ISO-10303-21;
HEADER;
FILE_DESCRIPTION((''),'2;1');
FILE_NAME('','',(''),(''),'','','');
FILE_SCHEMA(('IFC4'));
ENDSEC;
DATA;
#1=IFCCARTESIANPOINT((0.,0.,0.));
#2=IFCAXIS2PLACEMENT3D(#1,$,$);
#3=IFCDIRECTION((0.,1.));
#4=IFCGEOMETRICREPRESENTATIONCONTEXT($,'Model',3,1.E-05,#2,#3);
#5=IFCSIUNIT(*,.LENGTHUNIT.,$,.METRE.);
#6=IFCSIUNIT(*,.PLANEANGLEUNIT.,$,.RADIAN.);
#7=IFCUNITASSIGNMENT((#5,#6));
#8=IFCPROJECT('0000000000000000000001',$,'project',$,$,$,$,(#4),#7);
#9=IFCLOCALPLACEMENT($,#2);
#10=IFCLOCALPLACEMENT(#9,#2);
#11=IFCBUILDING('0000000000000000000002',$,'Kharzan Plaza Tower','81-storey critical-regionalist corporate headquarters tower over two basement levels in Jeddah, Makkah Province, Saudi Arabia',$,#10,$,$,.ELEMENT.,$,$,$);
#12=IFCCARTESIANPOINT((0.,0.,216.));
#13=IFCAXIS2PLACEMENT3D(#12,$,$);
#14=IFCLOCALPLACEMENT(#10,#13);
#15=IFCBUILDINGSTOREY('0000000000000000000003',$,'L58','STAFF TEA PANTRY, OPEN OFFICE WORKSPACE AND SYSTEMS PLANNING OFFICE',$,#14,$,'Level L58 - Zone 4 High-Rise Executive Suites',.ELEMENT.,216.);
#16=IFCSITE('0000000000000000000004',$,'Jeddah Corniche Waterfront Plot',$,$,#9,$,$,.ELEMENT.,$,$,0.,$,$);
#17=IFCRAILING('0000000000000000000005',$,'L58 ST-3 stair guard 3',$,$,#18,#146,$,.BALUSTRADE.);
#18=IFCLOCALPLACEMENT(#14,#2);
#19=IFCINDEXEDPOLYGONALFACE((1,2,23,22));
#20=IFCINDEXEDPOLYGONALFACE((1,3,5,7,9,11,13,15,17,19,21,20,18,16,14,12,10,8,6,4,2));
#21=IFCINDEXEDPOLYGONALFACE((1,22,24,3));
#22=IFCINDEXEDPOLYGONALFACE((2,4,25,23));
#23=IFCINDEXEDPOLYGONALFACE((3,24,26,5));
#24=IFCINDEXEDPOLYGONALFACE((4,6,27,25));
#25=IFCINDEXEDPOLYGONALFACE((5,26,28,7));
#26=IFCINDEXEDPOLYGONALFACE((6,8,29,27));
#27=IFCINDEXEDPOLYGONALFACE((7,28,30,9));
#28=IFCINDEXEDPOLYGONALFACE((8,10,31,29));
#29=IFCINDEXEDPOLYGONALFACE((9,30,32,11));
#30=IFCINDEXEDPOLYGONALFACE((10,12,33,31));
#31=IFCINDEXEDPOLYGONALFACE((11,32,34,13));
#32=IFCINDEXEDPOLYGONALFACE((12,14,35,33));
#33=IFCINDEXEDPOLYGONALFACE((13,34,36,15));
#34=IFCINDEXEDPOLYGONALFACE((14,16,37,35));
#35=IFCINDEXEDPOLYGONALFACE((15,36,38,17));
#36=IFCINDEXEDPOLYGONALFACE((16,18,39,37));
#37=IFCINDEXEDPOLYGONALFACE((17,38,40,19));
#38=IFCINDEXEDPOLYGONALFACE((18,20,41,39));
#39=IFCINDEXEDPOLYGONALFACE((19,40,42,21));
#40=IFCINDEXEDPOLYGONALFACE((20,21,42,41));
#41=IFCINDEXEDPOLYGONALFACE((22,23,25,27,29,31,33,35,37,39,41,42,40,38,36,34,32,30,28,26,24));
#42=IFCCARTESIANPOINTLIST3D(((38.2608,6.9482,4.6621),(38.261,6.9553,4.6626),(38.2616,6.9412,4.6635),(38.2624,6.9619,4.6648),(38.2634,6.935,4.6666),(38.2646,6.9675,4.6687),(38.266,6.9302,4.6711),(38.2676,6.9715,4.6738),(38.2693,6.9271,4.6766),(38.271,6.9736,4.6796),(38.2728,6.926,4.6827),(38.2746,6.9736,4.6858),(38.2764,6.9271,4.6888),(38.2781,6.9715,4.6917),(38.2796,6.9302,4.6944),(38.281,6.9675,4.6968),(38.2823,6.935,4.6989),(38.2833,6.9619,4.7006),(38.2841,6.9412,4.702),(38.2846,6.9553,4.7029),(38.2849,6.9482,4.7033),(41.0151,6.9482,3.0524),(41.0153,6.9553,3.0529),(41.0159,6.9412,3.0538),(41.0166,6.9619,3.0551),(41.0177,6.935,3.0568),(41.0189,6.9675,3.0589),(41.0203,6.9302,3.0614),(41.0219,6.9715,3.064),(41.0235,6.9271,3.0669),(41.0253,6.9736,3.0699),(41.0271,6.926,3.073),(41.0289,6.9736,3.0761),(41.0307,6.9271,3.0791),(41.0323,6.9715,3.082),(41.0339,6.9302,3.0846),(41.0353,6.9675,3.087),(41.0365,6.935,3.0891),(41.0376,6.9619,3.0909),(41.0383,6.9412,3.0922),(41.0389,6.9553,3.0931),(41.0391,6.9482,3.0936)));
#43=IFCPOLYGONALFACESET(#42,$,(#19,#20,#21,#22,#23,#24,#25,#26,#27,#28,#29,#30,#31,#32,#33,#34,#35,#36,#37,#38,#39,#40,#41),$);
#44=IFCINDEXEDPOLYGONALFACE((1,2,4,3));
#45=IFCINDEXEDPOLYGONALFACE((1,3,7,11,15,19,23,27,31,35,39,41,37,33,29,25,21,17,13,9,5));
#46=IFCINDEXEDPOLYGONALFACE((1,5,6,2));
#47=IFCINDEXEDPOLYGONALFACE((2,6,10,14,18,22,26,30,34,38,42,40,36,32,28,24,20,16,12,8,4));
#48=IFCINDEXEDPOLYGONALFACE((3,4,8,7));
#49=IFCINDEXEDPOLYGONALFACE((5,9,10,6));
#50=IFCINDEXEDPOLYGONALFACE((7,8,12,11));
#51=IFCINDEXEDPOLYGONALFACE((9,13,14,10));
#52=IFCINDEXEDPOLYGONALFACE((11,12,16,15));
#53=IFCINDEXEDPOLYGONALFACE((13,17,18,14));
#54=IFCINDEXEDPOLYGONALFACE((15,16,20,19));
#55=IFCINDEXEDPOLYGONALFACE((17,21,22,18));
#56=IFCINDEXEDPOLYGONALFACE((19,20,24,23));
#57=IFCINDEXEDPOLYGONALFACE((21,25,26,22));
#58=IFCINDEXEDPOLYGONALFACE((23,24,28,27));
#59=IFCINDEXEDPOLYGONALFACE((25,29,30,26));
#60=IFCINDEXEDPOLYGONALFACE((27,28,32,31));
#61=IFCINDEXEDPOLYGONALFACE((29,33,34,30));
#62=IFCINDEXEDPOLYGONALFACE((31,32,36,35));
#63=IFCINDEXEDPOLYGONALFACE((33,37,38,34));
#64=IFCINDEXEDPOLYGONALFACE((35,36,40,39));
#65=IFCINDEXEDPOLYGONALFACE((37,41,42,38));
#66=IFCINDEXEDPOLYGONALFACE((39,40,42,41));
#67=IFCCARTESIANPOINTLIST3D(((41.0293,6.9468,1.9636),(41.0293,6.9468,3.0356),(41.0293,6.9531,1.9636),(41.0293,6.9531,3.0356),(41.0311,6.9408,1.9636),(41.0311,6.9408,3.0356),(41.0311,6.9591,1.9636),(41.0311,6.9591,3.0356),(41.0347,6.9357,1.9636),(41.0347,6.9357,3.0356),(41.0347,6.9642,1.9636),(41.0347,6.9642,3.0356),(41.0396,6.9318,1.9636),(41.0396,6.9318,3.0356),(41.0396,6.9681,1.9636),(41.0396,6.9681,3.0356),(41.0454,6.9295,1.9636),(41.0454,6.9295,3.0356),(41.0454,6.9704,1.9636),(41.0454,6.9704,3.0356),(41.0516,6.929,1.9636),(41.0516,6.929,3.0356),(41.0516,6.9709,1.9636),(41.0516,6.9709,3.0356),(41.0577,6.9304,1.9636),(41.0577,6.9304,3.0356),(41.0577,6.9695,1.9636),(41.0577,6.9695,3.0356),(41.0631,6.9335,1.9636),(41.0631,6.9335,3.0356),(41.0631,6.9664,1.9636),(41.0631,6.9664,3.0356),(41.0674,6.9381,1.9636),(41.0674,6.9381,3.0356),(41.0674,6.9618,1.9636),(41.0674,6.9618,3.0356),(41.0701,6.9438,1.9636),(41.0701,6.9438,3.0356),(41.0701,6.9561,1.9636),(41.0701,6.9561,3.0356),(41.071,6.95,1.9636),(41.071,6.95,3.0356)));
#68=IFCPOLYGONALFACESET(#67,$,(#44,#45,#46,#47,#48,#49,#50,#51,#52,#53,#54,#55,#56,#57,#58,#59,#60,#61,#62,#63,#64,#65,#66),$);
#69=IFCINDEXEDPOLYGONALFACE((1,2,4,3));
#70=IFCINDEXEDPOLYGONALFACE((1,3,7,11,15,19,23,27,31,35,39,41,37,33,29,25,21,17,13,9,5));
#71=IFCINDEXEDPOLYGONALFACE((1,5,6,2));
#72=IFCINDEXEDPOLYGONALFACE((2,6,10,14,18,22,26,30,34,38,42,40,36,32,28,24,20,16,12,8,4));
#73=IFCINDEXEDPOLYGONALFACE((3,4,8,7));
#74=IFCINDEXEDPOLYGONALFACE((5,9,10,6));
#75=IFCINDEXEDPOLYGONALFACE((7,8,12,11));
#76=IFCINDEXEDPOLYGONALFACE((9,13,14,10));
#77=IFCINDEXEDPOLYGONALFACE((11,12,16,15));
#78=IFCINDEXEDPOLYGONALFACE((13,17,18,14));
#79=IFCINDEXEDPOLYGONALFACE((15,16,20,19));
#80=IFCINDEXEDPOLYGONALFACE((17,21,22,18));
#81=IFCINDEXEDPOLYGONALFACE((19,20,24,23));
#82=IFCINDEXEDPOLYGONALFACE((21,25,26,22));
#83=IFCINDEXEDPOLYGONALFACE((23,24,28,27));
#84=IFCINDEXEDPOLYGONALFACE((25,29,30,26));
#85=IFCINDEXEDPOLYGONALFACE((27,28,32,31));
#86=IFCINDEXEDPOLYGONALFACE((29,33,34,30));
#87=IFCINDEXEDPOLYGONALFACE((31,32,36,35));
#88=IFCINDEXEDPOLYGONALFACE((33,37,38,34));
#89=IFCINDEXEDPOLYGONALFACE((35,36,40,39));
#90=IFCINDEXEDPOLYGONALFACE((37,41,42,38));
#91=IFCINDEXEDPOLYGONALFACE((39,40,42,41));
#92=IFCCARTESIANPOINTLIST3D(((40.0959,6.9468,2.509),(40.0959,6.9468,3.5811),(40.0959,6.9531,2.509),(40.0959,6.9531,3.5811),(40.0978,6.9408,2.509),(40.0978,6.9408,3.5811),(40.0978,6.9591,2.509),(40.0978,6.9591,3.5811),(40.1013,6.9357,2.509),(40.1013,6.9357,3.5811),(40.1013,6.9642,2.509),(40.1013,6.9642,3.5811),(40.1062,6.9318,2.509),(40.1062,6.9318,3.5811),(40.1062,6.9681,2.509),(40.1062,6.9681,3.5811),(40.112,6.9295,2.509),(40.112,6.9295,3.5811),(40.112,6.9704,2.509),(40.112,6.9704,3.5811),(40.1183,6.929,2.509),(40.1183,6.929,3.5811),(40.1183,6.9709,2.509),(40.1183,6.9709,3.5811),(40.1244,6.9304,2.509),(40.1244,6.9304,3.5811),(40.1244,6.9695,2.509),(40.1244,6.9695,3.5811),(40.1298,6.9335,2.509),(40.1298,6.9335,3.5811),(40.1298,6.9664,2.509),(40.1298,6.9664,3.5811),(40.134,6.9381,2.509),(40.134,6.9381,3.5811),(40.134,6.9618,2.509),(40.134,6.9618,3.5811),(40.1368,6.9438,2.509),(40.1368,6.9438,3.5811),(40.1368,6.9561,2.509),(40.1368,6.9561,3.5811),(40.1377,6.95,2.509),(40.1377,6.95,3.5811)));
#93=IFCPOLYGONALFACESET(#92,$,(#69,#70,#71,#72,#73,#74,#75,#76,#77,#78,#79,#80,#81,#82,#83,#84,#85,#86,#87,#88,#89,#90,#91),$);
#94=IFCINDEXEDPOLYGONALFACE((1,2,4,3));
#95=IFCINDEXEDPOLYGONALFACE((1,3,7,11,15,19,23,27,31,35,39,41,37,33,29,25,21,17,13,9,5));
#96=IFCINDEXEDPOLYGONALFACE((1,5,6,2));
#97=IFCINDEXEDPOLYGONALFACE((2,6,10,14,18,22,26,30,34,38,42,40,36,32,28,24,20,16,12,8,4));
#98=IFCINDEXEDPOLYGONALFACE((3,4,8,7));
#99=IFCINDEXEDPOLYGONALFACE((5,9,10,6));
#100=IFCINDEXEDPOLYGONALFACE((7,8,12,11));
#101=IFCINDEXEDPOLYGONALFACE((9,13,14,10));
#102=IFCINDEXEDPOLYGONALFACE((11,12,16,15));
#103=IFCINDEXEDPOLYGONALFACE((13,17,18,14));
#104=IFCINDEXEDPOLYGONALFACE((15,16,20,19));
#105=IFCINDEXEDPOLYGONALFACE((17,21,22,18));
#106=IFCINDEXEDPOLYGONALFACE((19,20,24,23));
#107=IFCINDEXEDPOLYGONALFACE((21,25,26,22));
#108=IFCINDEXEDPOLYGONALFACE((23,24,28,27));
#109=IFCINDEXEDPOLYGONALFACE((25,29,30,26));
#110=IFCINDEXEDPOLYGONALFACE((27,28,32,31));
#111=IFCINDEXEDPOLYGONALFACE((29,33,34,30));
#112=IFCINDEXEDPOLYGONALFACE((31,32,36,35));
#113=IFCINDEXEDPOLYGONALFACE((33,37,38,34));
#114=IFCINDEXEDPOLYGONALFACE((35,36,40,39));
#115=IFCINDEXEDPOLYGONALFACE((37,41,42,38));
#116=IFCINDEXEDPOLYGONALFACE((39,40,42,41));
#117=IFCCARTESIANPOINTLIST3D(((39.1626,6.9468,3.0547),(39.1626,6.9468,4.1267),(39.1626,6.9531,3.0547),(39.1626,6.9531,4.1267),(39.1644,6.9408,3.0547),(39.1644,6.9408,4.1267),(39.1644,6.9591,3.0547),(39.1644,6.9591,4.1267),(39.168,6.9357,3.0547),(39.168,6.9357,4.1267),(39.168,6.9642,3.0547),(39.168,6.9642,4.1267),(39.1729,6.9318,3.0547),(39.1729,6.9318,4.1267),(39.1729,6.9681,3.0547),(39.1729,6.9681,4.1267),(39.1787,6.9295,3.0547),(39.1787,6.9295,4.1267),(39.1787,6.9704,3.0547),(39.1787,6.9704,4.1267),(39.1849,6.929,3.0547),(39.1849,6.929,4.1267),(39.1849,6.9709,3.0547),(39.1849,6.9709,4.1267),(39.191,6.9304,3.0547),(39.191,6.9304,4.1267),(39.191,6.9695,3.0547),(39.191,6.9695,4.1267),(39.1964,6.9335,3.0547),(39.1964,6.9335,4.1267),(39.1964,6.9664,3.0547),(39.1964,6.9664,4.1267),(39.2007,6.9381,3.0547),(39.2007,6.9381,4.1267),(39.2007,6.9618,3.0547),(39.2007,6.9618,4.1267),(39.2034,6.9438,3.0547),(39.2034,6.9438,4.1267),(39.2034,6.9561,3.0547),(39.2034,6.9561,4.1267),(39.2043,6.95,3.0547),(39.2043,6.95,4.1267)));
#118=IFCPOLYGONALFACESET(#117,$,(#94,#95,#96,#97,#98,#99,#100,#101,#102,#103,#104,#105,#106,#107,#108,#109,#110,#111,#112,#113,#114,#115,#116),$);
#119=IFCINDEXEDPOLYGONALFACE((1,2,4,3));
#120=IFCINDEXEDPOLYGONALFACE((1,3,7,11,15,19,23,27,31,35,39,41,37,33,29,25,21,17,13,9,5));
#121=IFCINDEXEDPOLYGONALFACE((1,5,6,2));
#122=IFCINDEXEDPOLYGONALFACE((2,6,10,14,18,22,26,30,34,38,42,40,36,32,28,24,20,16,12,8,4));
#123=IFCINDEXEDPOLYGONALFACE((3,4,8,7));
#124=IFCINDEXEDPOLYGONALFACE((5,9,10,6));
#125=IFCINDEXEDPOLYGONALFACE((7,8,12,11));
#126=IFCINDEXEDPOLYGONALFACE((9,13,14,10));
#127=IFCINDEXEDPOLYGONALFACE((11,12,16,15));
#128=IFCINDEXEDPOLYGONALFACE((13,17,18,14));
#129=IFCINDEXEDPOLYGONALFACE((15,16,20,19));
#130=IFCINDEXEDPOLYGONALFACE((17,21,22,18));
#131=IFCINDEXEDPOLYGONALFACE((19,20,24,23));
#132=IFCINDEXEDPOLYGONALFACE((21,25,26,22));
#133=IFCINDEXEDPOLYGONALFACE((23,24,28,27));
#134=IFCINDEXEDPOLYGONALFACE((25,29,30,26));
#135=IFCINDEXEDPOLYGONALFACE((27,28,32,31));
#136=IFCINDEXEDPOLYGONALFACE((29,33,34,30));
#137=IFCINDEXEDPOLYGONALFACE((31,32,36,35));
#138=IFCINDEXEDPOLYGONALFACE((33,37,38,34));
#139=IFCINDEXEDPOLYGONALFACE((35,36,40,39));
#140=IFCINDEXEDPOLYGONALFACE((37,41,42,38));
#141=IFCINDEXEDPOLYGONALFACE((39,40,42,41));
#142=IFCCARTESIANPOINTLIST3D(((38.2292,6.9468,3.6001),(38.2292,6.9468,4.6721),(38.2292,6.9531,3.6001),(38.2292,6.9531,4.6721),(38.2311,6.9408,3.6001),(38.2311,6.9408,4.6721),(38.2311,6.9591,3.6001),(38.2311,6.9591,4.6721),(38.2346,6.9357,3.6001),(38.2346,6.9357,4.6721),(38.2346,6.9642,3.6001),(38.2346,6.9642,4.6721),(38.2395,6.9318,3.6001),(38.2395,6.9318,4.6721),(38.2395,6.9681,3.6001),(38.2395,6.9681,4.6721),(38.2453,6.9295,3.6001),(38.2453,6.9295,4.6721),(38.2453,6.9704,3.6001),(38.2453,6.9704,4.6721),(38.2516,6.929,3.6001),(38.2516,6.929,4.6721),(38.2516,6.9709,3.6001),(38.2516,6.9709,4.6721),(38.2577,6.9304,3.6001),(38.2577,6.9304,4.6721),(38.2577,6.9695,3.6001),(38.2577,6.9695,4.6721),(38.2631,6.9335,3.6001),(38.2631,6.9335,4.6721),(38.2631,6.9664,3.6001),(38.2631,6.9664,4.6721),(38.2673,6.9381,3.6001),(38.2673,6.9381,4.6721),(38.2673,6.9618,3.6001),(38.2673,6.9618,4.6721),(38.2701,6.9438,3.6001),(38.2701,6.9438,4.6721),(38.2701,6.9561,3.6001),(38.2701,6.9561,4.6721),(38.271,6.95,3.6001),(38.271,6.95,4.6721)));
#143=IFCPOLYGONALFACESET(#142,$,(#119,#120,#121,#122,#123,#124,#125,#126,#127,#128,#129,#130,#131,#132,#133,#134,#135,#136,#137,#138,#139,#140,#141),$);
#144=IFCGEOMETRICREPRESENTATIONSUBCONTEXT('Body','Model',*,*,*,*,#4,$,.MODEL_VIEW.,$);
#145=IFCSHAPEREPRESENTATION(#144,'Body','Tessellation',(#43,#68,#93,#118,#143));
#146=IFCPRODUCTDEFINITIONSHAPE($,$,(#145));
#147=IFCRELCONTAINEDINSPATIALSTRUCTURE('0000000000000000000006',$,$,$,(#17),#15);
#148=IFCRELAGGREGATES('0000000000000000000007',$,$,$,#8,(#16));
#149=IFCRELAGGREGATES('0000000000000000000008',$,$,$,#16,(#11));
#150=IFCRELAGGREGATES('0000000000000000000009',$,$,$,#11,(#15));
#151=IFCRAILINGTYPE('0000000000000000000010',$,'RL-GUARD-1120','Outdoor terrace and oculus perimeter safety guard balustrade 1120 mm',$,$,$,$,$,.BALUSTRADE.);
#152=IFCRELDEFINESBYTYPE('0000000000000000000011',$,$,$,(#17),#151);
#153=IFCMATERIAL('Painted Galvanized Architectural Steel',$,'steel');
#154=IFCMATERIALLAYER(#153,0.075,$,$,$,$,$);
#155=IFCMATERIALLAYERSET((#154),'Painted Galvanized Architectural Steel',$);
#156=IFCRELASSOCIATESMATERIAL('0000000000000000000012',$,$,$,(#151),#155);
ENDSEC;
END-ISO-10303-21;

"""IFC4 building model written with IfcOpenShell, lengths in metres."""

from ifc_helpers import new_model, si_unit, direction, frame, origin, origin_2d, place, context, subcontext, project, spatial, circle, extrude, source, transform, mapped, material, layer, layer_set, type_object, element, save


model = new_model("IFC4")

# Units and contexts
model_context = context("Model", 3, precision=1e-05, world=origin(), true_north=direction((0.0, 1.0)))
body_context = subcontext(model_context, "Body", "Model", "MODEL_VIEW")
ifc_project = project(units=[si_unit("LENGTHUNIT", "METRE"), si_unit("PLANEANGLEUNIT", "RADIAN")], contexts=[model_context])

# Site, building, storey
site_placement = place(None, origin())
site = spatial("IfcSite", under=ifc_project, at=site_placement, Name="Jeddah Corniche Waterfront Plot", CompositionType="ELEMENT", RefElevation=0.0)
building_placement = place(site_placement, origin())
building = spatial("IfcBuilding", under=site, at=building_placement, Name="Kharzan Plaza Tower", Description="81-storey critical-regionalist corporate headquarters tower over two basement levels in Jeddah, Makkah Province, Saudi Arabia", CompositionType="ELEMENT")
storey_placement = place(building_placement, frame((0.0, 0.0, 216.0)))
storey = spatial("IfcBuildingStorey", under=building, at=storey_placement, Name="L58", Description="STAFF TEA PANTRY, OPEN OFFICE WORKSPACE AND SYSTEMS PLANNING OFFICE", LongName="Level L58 - Zone 4 High-Rise Executive Suites", CompositionType="ELEMENT", Elevation=216.0)

# Railing
ifc_material_1 = material(Name="Painted Galvanized Architectural Steel", Category="steel")
ifc_layer_1 = layer(ifc_material_1, 0.075)
ifc_layer_set_1 = layer_set([ifc_layer_1], Name="Painted Galvanized Architectural Steel")
railing_type_1 = type_object("IfcRailingType", Name="RL-GUARD-1120", Description="Outdoor terrace and oculus perimeter safety guard balustrade 1120 mm", PredefinedType="BALUSTRADE", material=ifc_layer_set_1)
shared_shape_1 = source(origin(), body_context, "Body", "SweptSolid", [
    extrude(circle(Radius=0.0239, at=origin_2d()), frame((-0.0229, 0.0, 1.1094), z_axis=(-0.863361, 0.0, 0.504587), x_axis=(0.0, -1.0, 0.0)), (0.0, 0.0, 1.0), 3.1902),
    extrude(circle(Radius=0.021, at=origin_2d()), origin(), (0.0, 0.0, 1.0), 1.072),
    extrude(circle(Radius=0.021, at=origin_2d()), frame((-0.9333, 0.0, 0.5454)), (0.0, 0.0, 1.0), 1.072),
    extrude(circle(Radius=0.021, at=origin_2d()), frame((-1.8667, 0.0, 1.0911)), (0.0, 0.0, 1.0), 1.072),
    extrude(circle(Radius=0.021, at=origin_2d()), frame((-2.8, 0.0, 1.6365)), (0.0, 0.0, 1.0), 1.072),
])
railing_1_placement = place(storey_placement, frame((41.05, 6.95, 1.9636)))
element("IfcRailing", 1, at=railing_1_placement, inside=storey, type_object=railing_type_1, Name="L58 ST-3 stair guard 3", PredefinedType="BALUSTRADE", context=body_context, shape_type="MappedRepresentation", body=[
    mapped(shared_shape_1, transform((0.0, 0.0, 0.0), x_axis=(1.0, 0.0, 0.0), y_axis=(0.0, 1.0, 0.0), z_axis=(0.0, 0.0, 1.0))),
])

save(model, "model.ifc")
